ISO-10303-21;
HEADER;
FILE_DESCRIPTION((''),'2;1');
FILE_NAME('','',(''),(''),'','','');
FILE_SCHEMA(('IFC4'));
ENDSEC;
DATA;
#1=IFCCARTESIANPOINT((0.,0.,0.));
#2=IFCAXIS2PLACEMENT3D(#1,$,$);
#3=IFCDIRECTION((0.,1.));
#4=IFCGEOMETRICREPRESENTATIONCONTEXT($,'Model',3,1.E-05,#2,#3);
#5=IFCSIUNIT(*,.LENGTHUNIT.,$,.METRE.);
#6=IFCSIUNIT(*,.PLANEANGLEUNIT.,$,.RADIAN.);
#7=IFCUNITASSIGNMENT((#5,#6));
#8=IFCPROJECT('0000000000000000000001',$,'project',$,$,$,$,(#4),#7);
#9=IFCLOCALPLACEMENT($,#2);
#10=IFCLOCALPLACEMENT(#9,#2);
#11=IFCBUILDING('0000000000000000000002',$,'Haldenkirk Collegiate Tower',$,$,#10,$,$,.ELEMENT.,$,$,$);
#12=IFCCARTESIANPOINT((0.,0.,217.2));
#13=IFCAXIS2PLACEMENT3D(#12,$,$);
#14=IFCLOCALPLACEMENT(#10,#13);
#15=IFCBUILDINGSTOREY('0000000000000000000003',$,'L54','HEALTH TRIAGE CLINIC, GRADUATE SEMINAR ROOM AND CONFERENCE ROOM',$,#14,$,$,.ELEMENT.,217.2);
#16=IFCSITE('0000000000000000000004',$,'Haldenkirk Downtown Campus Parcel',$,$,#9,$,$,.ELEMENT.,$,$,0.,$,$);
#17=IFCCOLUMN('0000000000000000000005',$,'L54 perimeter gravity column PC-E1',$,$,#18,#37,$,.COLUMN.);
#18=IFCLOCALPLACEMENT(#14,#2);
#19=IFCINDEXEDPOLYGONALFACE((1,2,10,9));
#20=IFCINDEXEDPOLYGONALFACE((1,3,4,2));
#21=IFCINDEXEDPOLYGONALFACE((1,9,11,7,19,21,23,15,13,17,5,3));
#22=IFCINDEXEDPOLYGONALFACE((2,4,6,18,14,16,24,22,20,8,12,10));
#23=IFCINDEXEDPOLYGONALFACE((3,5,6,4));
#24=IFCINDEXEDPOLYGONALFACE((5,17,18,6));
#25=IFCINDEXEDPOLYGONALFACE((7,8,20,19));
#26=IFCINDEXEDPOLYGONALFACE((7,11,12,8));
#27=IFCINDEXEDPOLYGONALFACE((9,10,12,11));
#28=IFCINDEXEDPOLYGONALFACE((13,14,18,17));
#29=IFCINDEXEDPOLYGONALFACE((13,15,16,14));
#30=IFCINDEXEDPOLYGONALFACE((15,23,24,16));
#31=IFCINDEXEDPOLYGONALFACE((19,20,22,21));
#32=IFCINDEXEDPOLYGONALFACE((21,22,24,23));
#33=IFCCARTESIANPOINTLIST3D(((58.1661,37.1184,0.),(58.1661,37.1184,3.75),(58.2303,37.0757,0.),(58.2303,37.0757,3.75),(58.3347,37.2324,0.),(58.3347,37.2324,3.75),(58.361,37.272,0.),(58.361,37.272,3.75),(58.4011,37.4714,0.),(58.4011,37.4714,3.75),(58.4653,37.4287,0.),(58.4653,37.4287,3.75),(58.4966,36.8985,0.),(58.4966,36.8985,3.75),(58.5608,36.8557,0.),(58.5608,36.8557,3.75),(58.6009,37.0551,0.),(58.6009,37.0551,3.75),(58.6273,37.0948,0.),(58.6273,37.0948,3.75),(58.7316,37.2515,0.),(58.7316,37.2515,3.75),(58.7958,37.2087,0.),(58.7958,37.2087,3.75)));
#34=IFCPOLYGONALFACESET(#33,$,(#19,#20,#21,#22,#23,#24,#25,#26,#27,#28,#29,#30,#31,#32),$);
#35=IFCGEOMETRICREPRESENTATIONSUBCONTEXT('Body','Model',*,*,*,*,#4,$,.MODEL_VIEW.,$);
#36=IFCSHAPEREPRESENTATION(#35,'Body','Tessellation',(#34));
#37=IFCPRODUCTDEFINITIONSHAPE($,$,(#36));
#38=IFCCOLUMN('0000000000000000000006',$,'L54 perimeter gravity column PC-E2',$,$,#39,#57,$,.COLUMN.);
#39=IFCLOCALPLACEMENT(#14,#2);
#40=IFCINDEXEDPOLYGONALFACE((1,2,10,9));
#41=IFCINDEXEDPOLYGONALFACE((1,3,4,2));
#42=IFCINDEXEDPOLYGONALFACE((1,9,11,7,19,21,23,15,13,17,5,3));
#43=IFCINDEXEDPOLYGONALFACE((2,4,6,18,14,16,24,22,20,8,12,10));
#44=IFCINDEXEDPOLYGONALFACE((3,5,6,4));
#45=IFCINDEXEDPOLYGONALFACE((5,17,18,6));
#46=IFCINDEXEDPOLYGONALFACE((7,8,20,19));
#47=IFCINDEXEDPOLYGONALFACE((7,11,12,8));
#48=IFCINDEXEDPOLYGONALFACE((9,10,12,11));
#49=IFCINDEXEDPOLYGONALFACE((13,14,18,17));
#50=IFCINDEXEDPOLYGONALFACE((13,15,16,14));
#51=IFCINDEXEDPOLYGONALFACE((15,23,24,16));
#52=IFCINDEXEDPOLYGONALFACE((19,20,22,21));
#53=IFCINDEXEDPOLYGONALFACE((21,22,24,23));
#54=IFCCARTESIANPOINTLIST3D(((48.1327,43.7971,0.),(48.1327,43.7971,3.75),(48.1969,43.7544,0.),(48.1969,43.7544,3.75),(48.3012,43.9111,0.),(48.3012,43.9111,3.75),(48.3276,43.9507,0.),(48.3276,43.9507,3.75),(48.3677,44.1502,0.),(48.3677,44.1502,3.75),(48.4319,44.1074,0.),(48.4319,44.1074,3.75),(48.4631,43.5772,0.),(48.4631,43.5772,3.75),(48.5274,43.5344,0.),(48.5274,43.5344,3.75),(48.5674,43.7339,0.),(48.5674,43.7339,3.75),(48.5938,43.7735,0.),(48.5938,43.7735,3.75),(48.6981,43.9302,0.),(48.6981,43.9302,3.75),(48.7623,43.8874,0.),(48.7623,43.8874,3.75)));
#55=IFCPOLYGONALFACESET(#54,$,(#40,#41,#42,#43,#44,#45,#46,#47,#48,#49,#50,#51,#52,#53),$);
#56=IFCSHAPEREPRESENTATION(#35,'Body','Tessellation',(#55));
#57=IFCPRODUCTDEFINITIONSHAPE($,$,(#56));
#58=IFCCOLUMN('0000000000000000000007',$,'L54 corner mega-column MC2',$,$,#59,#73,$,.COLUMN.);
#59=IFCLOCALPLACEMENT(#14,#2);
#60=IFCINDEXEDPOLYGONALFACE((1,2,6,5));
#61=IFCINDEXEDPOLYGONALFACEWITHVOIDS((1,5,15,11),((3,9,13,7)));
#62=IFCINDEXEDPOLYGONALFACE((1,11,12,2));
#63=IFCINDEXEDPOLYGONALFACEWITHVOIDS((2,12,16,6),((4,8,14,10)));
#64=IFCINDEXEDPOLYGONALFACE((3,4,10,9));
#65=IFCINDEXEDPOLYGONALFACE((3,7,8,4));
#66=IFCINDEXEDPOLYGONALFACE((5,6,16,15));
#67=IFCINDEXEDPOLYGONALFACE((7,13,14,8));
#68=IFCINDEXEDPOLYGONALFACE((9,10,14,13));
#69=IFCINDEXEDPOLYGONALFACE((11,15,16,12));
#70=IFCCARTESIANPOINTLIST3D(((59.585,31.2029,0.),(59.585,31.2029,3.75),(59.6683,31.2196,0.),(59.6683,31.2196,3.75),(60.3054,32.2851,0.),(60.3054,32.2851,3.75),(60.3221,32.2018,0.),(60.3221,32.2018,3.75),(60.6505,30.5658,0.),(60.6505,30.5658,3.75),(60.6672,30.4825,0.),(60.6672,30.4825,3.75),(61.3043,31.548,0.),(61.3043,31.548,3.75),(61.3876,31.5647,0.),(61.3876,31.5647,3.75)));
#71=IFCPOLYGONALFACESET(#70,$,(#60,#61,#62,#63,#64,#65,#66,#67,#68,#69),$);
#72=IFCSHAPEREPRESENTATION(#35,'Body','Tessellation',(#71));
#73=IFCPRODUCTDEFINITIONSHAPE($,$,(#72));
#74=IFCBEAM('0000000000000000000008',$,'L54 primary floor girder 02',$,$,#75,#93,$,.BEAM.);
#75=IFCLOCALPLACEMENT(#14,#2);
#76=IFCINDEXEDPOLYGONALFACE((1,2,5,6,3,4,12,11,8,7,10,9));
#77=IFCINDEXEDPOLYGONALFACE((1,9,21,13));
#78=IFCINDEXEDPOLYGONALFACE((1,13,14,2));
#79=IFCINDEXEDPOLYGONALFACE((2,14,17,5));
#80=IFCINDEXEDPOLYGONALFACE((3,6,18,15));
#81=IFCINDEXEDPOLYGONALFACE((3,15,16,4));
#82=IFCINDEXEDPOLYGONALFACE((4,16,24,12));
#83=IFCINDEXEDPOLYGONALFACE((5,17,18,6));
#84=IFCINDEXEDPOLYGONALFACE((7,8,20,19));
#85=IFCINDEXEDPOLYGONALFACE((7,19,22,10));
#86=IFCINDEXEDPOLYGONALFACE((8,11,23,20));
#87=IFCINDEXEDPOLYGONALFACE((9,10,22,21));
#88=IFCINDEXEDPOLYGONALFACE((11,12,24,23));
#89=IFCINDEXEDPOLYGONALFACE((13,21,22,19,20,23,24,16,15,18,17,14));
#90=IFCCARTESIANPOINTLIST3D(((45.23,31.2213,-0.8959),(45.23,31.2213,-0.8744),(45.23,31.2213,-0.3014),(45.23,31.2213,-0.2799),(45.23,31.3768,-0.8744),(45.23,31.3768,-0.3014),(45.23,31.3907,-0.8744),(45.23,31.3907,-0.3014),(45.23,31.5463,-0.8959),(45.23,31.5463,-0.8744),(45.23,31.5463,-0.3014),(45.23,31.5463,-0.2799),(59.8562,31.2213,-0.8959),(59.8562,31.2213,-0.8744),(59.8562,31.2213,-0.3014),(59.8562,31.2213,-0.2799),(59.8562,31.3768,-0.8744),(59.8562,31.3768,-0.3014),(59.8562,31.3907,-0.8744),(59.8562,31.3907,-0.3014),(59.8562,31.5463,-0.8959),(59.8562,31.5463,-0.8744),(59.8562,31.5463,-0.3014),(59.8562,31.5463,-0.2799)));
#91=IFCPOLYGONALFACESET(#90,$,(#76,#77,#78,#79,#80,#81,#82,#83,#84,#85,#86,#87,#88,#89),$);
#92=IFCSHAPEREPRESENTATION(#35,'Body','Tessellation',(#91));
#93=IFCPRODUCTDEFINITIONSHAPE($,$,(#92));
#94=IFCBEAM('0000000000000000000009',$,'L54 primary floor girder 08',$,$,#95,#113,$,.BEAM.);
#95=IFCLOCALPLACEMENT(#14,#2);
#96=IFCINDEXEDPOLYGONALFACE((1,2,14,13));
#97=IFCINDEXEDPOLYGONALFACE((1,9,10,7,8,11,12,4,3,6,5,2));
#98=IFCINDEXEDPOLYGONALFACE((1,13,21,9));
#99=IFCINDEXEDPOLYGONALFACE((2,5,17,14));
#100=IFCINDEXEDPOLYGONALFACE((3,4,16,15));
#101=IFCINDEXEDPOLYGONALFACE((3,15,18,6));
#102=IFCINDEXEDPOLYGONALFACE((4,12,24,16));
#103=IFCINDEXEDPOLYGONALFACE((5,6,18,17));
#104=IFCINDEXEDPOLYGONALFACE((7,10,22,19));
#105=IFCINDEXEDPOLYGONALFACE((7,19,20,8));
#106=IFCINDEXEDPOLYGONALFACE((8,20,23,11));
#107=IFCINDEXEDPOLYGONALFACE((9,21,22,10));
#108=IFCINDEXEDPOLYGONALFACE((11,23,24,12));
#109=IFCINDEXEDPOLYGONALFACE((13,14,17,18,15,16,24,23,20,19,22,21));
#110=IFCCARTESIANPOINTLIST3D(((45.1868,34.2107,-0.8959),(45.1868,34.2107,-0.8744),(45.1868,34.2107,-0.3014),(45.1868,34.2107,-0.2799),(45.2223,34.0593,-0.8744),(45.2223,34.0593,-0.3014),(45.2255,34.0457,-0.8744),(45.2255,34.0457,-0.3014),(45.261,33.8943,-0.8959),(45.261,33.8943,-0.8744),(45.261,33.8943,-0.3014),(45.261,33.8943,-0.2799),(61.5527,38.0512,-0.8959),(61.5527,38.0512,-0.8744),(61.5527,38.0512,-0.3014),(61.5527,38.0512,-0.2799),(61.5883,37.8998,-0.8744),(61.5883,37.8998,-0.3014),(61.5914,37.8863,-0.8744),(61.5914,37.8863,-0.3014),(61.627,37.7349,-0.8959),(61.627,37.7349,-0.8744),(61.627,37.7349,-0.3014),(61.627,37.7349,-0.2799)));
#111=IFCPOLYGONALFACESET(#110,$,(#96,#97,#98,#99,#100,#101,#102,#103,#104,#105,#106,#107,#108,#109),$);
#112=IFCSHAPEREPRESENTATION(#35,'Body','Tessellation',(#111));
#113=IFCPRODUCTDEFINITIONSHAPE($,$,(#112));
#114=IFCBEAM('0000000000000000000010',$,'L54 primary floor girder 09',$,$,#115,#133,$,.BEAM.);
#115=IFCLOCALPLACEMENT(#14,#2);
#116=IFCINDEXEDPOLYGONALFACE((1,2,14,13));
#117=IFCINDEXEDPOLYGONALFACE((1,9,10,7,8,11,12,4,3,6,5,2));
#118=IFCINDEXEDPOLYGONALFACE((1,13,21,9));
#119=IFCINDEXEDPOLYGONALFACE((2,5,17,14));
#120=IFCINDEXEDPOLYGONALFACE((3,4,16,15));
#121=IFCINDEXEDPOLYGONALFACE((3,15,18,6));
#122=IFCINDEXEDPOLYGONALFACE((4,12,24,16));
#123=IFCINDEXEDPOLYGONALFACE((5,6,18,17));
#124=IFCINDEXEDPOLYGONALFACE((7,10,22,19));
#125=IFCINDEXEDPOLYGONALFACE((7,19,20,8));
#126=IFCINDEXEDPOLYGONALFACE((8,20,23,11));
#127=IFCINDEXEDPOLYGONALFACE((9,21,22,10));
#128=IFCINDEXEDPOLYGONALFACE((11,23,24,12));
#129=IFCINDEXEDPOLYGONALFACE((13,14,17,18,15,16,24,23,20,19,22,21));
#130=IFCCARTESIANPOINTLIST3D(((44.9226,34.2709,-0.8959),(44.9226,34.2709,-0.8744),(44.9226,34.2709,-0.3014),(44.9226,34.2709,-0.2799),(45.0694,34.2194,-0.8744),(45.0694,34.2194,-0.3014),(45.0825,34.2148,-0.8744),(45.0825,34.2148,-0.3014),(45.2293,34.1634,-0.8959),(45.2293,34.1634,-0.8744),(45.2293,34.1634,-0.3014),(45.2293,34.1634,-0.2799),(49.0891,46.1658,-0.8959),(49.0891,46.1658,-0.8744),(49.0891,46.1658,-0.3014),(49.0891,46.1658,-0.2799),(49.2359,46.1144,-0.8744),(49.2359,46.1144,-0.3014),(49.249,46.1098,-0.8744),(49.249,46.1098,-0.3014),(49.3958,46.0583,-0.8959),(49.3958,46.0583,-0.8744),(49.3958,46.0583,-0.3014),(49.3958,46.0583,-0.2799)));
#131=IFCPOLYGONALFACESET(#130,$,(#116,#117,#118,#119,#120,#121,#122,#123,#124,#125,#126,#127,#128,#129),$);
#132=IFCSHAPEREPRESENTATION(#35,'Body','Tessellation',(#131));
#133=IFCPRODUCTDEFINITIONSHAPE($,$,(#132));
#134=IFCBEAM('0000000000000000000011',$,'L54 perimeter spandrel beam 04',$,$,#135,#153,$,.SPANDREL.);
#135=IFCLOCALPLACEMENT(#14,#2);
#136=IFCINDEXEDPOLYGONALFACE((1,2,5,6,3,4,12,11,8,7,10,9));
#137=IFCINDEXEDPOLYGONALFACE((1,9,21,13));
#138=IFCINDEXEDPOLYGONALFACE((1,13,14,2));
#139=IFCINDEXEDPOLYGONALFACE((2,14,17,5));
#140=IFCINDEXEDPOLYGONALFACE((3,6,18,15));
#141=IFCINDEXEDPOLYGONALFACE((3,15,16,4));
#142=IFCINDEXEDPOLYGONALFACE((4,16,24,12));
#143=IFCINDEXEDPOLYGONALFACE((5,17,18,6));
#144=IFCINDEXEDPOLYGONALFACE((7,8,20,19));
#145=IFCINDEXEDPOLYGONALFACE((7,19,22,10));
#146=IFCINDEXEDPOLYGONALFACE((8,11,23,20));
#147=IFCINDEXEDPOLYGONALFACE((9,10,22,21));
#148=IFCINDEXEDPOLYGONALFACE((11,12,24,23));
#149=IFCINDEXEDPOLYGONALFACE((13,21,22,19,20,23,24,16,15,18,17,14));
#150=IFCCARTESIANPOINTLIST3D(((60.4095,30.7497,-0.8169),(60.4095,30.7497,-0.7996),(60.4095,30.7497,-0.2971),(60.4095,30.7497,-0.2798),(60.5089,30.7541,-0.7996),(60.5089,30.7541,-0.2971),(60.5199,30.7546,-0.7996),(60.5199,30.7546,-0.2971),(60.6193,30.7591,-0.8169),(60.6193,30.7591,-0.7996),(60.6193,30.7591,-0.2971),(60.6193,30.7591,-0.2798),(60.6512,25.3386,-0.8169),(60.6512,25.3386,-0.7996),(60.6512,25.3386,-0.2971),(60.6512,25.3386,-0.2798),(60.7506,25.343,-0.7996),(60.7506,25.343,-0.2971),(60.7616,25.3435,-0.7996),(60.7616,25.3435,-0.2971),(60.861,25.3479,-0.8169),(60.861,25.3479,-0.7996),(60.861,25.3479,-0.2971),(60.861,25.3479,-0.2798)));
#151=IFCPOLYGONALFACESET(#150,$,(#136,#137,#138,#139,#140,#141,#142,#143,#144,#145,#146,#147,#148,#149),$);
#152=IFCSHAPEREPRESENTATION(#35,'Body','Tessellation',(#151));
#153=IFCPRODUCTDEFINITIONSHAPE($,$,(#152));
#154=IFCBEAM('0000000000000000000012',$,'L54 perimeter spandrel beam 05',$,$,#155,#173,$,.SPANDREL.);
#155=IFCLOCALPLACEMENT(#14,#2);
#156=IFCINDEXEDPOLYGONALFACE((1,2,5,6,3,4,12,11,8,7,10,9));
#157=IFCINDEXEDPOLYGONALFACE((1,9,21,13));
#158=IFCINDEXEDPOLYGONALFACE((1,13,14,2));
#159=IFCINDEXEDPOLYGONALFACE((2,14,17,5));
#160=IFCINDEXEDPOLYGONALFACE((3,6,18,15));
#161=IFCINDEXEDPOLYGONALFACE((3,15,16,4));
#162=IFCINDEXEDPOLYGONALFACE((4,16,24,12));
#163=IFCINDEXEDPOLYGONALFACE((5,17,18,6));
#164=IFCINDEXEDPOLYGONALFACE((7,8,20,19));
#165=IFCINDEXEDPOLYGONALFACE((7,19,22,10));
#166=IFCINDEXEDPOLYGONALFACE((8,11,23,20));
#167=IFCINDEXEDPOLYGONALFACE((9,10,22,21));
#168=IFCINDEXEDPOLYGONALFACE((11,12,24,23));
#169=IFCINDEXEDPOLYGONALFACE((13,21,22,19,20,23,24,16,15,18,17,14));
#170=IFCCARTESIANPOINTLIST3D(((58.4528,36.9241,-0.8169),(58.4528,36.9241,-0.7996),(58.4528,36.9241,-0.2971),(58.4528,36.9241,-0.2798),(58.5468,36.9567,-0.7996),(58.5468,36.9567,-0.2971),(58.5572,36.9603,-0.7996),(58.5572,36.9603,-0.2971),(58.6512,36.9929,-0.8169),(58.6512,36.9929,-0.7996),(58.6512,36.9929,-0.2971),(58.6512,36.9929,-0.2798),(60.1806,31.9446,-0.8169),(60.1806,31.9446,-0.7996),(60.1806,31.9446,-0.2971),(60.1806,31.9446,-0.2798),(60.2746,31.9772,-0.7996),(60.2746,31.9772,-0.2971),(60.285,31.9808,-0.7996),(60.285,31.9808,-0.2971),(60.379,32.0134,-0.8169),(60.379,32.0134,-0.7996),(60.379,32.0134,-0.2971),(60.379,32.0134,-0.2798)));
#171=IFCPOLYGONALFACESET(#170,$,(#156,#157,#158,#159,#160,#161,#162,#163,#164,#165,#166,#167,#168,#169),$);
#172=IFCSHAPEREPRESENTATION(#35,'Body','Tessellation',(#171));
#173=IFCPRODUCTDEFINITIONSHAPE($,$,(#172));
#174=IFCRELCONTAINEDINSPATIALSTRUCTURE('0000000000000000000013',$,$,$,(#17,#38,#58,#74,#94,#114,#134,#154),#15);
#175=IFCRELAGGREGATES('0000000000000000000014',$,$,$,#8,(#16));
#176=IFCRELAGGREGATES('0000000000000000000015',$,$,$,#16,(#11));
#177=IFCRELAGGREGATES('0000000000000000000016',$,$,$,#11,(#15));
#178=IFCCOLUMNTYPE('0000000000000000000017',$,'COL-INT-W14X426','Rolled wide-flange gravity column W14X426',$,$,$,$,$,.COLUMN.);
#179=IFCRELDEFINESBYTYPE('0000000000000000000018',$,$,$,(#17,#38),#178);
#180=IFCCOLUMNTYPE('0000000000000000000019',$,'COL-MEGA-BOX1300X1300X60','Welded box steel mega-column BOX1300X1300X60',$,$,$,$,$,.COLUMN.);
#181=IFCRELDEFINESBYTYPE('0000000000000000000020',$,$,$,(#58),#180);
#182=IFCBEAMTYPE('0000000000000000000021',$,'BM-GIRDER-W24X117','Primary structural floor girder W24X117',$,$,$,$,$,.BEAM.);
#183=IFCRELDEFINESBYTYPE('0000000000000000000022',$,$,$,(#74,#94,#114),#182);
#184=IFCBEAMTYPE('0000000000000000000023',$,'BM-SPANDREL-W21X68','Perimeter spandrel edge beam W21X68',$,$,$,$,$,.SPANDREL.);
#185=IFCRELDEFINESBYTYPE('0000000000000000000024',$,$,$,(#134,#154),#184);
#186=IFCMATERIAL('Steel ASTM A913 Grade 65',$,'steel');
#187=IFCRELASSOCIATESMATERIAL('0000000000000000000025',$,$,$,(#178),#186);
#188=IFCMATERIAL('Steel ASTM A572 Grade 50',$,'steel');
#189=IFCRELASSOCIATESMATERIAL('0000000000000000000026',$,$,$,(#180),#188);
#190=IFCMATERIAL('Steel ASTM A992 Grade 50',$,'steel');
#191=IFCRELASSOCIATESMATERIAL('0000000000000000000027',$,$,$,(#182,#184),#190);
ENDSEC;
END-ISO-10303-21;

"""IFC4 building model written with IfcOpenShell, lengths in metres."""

from ifc_helpers import new_model, si_unit, direction, frame, origin, origin_2d, place, context, subcontext, project, spatial, hollow_rectangle, i_section, extrude, material, material_profile, profile_set, type_object, element, save


model = new_model("IFC4")

# Units and contexts
model_context = context("Model", 3, precision=1e-05, world=origin(), true_north=direction((0.0, 1.0)))
body_context = subcontext(model_context, "Body", "Model", "MODEL_VIEW")
ifc_project = project(units=[si_unit("LENGTHUNIT", "METRE"), si_unit("PLANEANGLEUNIT", "RADIAN")], contexts=[model_context])

# Site, building, storey
site_placement = place(None, origin())
site = spatial("IfcSite", under=ifc_project, at=site_placement, Name="Haldenkirk Downtown Campus Parcel", CompositionType="ELEMENT", RefElevation=0.0)
building_placement = place(site_placement, origin())
building = spatial("IfcBuilding", under=site, at=building_placement, Name="Haldenkirk Collegiate Tower", CompositionType="ELEMENT")
storey_placement = place(building_placement, frame((0.0, 0.0, 217.2)))
storey = spatial("IfcBuildingStorey", under=building, at=storey_placement, Name="L54", Description="HEALTH TRIAGE CLINIC, GRADUATE SEMINAR ROOM AND CONFERENCE ROOM", CompositionType="ELEMENT", Elevation=217.2)

# Columns
ifc_material_1 = material(Name="Steel ASTM A913 Grade 65", Category="steel")
ifc_material_profile_1 = material_profile(ifc_material_1, i_section(OverallWidth=0.4241, OverallDepth=0.4741, WebThickness=0.0476, FlangeThickness=0.0771, at=origin_2d()), Name="W14X426")
ifc_profile_set_1 = profile_set([ifc_material_profile_1], Name="Steel ASTM A913 Grade 65")
column_type_1 = type_object("IfcColumnType", Name="COL-INT-W14X426", Description="Rolled wide-flange gravity column W14X426", PredefinedType="COLUMN", material=ifc_profile_set_1)
for number, where, z_axis, x_axis, name in (
    (1, (58.481, 37.1636, 0.0), (0.0, 0.0, 1.0), (0.554118, 0.832438, 0.0), "L54 perimeter gravity column PC-E1"),
    (2, (48.4475, 43.8423, 0.0), (0.0, 0.0, 1.0), (0.554118, 0.832438, 0.0), "L54 perimeter gravity column PC-E2"),
):
    element("IfcColumn", number, at=place(storey_placement, frame(where, z_axis=z_axis, x_axis=x_axis)), inside=storey, type_object=column_type_1, Name=name, PredefinedType="COLUMN", context=body_context, shape_type="SweptSolid", body=[
        extrude(i_section(OverallWidth=0.4241, OverallDepth=0.4741, WebThickness=0.0476, FlangeThickness=0.0771, at=origin_2d()), origin(), (0.0, 0.0, 1.0), 3.75),
    ])
ifc_material_2 = material(Name="Steel ASTM A572 Grade 50", Category="steel")
ifc_material_profile_2 = material_profile(ifc_material_2, hollow_rectangle(XDim=1.3, YDim=1.3, WallThickness=0.0601, at=origin_2d()), Name="BOX1300X1300X60")
ifc_profile_set_2 = profile_set([ifc_material_profile_2], Name="Steel ASTM A572 Grade 50")
column_type_2 = type_object("IfcColumnType", Name="COL-MEGA-BOX1300X1300X60", Description="Welded box steel mega-column BOX1300X1300X60", PredefinedType="COLUMN", material=ifc_profile_set_2)
column_placement = place(storey_placement, frame((60.4863, 31.3838, 0.0), z_axis=(0.0, 0.0, 1.0), x_axis=(0.554118, 0.832438, 0.0)))
element("IfcColumn", 3, at=column_placement, inside=storey, type_object=column_type_2, Name="L54 corner mega-column MC2", PredefinedType="COLUMN", context=body_context, shape_type="SweptSolid", body=[
    extrude(hollow_rectangle(XDim=1.3, YDim=1.3, WallThickness=0.0601, at=origin_2d()), origin(), (0.0, 0.0, 1.0), 3.75),
])

# Beams
ifc_material_3 = material(Name="Steel ASTM A992 Grade 50", Category="steel")
ifc_material_profile_3 = material_profile(ifc_material_3, i_section(OverallWidth=0.325, OverallDepth=0.616, WebThickness=0.0139, FlangeThickness=0.0215, at=origin_2d()), Name="W24X117")
ifc_profile_set_3 = profile_set([ifc_material_profile_3], Name="Steel ASTM A992 Grade 50")
beam_type_1 = type_object("IfcBeamType", Name="BM-GIRDER-W24X117", Description="Primary structural floor girder W24X117", PredefinedType="BEAM", material=ifc_profile_set_3)
beam_1_placement = place(storey_placement, frame((59.8562, 31.3838, -0.5879), z_axis=(-1.0, 0.0, 0.0), x_axis=(0.0, -1.0, 0.0)))
element("IfcBeam", 4, at=beam_1_placement, inside=storey, type_object=beam_type_1, Name="L54 primary floor girder 02", PredefinedType="BEAM", context=body_context, shape_type="SweptSolid", body=[
    extrude(i_section(OverallWidth=0.325, OverallDepth=0.616, WebThickness=0.0139, FlangeThickness=0.0215, at=origin_2d()), origin(), (0.0, 0.0, 1.0), 14.6262),
])
beam_2_placement = place(storey_placement, frame((61.5898, 37.8931, -0.5879), z_axis=(-0.973553, -0.228462, 0.0), x_axis=(0.228462, -0.973553, 0.0)))
element("IfcBeam", 5, at=beam_2_placement, inside=storey, type_object=beam_type_1, Name="L54 primary floor girder 08", PredefinedType="BEAM", context=body_context, shape_type="SweptSolid", body=[
    extrude(i_section(OverallWidth=0.325, OverallDepth=0.616, WebThickness=0.0139, FlangeThickness=0.0215, at=origin_2d()), origin(), (0.0, 0.0, 1.0), 16.8105),
])
beam_3_placement = place(storey_placement, frame((49.2424, 46.1121, -0.5879), z_axis=(-0.33058, -0.943778, 0.0), x_axis=(0.943778, -0.33058, 0.0)))
element("IfcBeam", 6, at=beam_3_placement, inside=storey, type_object=beam_type_1, Name="L54 primary floor girder 09", PredefinedType="BEAM", context=body_context, shape_type="SweptSolid", body=[
    extrude(i_section(OverallWidth=0.325, OverallDepth=0.616, WebThickness=0.0139, FlangeThickness=0.0215, at=origin_2d()), origin(), (0.0, 0.0, 1.0), 12.6035),
])
ifc_material_profile_4 = material_profile(ifc_material_3, i_section(OverallWidth=0.21, OverallDepth=0.5371, WebThickness=0.011, FlangeThickness=0.0173, at=origin_2d()), Name="W21X68")
ifc_profile_set_4 = profile_set([ifc_material_profile_4], Name="Steel ASTM A992 Grade 50")
beam_type_2 = type_object("IfcBeamType", Name="BM-SPANDREL-W21X68", Description="Perimeter spandrel edge beam W21X68", PredefinedType="SPANDREL", material=ifc_profile_set_4)
beam_4_placement = place(storey_placement, frame((60.7561, 25.3433, -0.5483), z_axis=(-0.044623, 0.999004, 0.0), x_axis=(-0.999004, -0.044623, 0.0)))
element("IfcBeam", 7, at=beam_4_placement, inside=storey, type_object=beam_type_2, Name="L54 perimeter spandrel beam 04", PredefinedType="SPANDREL", context=body_context, shape_type="SweptSolid", body=[
    extrude(i_section(OverallWidth=0.21, OverallDepth=0.5371, WebThickness=0.011, FlangeThickness=0.0173, at=origin_2d()), origin(), (0.0, 0.0, 1.0), 5.4165),
])
beam_5_placement = place(storey_placement, frame((60.2798, 31.979, -0.5483), z_axis=(-0.327807, 0.944745, 0.0), x_axis=(-0.944745, -0.327807, 0.0)))
element("IfcBeam", 8, at=beam_5_placement, inside=storey, type_object=beam_type_2, Name="L54 perimeter spandrel beam 05", PredefinedType="SPANDREL", context=body_context, shape_type="SweptSolid", body=[
    extrude(i_section(OverallWidth=0.21, OverallDepth=0.5371, WebThickness=0.011, FlangeThickness=0.0173, at=origin_2d()), origin(), (0.0, 0.0, 1.0), 5.2708),
])

save(model, "model.ifc")
